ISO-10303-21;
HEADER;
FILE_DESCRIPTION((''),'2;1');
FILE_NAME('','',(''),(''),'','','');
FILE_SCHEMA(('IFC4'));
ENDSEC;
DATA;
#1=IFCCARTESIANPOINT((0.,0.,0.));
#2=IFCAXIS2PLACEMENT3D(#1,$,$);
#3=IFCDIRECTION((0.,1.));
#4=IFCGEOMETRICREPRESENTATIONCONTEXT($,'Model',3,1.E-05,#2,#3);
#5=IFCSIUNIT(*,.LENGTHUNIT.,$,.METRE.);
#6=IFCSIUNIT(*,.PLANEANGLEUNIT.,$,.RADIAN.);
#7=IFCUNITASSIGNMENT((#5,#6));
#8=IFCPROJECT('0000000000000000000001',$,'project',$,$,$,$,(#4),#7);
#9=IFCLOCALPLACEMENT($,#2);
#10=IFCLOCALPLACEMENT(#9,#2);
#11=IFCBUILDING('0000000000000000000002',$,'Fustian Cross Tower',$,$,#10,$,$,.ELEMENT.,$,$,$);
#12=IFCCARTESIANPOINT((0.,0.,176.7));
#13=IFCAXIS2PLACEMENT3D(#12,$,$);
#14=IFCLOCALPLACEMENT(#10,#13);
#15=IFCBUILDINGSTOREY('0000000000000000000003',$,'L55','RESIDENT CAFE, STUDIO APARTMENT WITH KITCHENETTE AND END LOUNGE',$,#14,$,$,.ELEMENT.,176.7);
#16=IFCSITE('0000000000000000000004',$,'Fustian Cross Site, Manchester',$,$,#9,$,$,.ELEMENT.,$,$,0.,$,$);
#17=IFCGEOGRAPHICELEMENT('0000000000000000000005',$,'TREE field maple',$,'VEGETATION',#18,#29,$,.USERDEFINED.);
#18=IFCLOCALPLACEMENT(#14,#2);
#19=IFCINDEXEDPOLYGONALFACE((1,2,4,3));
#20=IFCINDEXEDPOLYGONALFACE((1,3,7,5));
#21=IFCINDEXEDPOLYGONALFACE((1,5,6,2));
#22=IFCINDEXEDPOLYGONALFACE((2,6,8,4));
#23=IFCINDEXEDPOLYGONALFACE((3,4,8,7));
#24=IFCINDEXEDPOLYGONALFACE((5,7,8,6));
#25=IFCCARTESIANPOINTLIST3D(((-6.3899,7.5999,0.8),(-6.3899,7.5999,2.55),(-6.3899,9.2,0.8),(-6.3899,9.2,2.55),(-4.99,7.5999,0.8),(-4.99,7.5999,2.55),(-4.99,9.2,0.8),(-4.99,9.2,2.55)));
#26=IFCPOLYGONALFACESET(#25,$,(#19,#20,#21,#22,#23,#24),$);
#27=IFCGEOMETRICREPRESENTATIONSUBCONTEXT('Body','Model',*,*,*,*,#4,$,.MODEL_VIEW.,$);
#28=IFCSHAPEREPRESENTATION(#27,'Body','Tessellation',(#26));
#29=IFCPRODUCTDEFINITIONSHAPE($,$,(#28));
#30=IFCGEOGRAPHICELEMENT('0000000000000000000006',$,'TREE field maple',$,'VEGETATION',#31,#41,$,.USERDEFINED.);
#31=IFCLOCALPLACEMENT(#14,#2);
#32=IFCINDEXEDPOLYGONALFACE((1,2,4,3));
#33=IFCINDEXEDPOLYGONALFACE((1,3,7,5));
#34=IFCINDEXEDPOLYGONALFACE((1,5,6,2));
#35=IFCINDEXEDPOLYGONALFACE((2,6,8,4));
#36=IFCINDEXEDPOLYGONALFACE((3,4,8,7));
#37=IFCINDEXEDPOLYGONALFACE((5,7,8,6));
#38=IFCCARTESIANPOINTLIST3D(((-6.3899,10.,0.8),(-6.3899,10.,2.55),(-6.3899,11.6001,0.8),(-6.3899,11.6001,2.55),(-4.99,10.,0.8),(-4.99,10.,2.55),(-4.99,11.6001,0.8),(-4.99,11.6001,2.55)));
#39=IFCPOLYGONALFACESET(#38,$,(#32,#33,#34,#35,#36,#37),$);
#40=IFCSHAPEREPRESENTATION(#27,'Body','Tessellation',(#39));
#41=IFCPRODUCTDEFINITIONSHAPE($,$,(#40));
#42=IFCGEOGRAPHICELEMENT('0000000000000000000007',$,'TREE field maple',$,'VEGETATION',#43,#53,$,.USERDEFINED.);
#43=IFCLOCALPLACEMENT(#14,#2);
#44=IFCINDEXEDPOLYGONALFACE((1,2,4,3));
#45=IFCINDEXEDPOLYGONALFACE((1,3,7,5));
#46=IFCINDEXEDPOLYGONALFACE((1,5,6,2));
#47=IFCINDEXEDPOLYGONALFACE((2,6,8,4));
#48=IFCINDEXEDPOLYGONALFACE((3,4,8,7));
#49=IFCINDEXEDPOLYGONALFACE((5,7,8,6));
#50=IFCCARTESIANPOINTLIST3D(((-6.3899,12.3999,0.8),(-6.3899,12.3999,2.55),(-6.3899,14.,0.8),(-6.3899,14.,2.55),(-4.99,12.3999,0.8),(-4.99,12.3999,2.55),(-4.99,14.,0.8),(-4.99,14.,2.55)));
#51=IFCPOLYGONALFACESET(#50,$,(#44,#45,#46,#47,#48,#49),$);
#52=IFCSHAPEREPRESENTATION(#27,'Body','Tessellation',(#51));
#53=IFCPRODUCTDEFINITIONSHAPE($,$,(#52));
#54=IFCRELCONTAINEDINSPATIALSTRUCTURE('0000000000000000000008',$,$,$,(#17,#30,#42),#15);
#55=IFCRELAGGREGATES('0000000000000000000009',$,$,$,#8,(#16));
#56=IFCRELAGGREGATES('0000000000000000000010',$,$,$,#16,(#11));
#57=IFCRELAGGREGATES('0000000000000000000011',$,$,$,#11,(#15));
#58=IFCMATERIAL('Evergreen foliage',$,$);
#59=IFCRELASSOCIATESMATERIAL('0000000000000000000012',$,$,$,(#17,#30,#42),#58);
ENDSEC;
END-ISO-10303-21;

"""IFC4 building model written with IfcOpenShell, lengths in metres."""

from ifc_helpers import new_model, si_unit, direction, frame, origin, origin_2d, place, context, subcontext, project, spatial, rectangle, extrude, material, element, save


model = new_model("IFC4")

# Units and contexts
model_context = context("Model", 3, precision=1e-05, world=origin(), true_north=direction((0.0, 1.0)))
body_context = subcontext(model_context, "Body", "Model", "MODEL_VIEW")
ifc_project = project(units=[si_unit("LENGTHUNIT", "METRE"), si_unit("PLANEANGLEUNIT", "RADIAN")], contexts=[model_context])

# Site, building, storey
site_placement = place(None, origin())
site = spatial("IfcSite", under=ifc_project, at=site_placement, Name="Fustian Cross Site, Manchester", CompositionType="ELEMENT", RefElevation=0.0)
building_placement = place(site_placement, origin())
building = spatial("IfcBuilding", under=site, at=building_placement, Name="Fustian Cross Tower", CompositionType="ELEMENT")
storey_placement = place(building_placement, frame((0.0, 0.0, 176.7)))
storey = spatial("IfcBuildingStorey", under=building, at=storey_placement, Name="L55", Description="RESIDENT CAFE, STUDIO APARTMENT WITH KITCHENETTE AND END LOUNGE", CompositionType="ELEMENT", Elevation=176.7)

# Geographic elements
ifc_material_1 = material(Name="Evergreen foliage")
for number, where, z_axis, x_axis, name in (
    (1, (-5.6899, 8.3999, 0.8), (0.0, 0.0, 1.0), (1.0, 0.0, 0.0), "TREE field maple"),
    (2, (-5.6899, 10.8, 0.8), (0.0, 0.0, 1.0), (1.0, 0.0, 0.0), "TREE field maple"),
    (3, (-5.6899, 13.2, 0.8), (0.0, 0.0, 1.0), (1.0, 0.0, 0.0), "TREE field maple"),
):
    element("IfcGeographicElement", number, at=place(storey_placement, frame(where, z_axis=z_axis, x_axis=x_axis)), inside=storey, material=ifc_material_1, Name=name, ObjectType="VEGETATION", PredefinedType="USERDEFINED", context=body_context, shape_type="SweptSolid", body=[
        extrude(rectangle(XDim=1.3999, YDim=1.6001, at=origin_2d()), origin(), (0.0, 0.0, 1.0), 1.75),
    ])

save(model, "model.ifc")
